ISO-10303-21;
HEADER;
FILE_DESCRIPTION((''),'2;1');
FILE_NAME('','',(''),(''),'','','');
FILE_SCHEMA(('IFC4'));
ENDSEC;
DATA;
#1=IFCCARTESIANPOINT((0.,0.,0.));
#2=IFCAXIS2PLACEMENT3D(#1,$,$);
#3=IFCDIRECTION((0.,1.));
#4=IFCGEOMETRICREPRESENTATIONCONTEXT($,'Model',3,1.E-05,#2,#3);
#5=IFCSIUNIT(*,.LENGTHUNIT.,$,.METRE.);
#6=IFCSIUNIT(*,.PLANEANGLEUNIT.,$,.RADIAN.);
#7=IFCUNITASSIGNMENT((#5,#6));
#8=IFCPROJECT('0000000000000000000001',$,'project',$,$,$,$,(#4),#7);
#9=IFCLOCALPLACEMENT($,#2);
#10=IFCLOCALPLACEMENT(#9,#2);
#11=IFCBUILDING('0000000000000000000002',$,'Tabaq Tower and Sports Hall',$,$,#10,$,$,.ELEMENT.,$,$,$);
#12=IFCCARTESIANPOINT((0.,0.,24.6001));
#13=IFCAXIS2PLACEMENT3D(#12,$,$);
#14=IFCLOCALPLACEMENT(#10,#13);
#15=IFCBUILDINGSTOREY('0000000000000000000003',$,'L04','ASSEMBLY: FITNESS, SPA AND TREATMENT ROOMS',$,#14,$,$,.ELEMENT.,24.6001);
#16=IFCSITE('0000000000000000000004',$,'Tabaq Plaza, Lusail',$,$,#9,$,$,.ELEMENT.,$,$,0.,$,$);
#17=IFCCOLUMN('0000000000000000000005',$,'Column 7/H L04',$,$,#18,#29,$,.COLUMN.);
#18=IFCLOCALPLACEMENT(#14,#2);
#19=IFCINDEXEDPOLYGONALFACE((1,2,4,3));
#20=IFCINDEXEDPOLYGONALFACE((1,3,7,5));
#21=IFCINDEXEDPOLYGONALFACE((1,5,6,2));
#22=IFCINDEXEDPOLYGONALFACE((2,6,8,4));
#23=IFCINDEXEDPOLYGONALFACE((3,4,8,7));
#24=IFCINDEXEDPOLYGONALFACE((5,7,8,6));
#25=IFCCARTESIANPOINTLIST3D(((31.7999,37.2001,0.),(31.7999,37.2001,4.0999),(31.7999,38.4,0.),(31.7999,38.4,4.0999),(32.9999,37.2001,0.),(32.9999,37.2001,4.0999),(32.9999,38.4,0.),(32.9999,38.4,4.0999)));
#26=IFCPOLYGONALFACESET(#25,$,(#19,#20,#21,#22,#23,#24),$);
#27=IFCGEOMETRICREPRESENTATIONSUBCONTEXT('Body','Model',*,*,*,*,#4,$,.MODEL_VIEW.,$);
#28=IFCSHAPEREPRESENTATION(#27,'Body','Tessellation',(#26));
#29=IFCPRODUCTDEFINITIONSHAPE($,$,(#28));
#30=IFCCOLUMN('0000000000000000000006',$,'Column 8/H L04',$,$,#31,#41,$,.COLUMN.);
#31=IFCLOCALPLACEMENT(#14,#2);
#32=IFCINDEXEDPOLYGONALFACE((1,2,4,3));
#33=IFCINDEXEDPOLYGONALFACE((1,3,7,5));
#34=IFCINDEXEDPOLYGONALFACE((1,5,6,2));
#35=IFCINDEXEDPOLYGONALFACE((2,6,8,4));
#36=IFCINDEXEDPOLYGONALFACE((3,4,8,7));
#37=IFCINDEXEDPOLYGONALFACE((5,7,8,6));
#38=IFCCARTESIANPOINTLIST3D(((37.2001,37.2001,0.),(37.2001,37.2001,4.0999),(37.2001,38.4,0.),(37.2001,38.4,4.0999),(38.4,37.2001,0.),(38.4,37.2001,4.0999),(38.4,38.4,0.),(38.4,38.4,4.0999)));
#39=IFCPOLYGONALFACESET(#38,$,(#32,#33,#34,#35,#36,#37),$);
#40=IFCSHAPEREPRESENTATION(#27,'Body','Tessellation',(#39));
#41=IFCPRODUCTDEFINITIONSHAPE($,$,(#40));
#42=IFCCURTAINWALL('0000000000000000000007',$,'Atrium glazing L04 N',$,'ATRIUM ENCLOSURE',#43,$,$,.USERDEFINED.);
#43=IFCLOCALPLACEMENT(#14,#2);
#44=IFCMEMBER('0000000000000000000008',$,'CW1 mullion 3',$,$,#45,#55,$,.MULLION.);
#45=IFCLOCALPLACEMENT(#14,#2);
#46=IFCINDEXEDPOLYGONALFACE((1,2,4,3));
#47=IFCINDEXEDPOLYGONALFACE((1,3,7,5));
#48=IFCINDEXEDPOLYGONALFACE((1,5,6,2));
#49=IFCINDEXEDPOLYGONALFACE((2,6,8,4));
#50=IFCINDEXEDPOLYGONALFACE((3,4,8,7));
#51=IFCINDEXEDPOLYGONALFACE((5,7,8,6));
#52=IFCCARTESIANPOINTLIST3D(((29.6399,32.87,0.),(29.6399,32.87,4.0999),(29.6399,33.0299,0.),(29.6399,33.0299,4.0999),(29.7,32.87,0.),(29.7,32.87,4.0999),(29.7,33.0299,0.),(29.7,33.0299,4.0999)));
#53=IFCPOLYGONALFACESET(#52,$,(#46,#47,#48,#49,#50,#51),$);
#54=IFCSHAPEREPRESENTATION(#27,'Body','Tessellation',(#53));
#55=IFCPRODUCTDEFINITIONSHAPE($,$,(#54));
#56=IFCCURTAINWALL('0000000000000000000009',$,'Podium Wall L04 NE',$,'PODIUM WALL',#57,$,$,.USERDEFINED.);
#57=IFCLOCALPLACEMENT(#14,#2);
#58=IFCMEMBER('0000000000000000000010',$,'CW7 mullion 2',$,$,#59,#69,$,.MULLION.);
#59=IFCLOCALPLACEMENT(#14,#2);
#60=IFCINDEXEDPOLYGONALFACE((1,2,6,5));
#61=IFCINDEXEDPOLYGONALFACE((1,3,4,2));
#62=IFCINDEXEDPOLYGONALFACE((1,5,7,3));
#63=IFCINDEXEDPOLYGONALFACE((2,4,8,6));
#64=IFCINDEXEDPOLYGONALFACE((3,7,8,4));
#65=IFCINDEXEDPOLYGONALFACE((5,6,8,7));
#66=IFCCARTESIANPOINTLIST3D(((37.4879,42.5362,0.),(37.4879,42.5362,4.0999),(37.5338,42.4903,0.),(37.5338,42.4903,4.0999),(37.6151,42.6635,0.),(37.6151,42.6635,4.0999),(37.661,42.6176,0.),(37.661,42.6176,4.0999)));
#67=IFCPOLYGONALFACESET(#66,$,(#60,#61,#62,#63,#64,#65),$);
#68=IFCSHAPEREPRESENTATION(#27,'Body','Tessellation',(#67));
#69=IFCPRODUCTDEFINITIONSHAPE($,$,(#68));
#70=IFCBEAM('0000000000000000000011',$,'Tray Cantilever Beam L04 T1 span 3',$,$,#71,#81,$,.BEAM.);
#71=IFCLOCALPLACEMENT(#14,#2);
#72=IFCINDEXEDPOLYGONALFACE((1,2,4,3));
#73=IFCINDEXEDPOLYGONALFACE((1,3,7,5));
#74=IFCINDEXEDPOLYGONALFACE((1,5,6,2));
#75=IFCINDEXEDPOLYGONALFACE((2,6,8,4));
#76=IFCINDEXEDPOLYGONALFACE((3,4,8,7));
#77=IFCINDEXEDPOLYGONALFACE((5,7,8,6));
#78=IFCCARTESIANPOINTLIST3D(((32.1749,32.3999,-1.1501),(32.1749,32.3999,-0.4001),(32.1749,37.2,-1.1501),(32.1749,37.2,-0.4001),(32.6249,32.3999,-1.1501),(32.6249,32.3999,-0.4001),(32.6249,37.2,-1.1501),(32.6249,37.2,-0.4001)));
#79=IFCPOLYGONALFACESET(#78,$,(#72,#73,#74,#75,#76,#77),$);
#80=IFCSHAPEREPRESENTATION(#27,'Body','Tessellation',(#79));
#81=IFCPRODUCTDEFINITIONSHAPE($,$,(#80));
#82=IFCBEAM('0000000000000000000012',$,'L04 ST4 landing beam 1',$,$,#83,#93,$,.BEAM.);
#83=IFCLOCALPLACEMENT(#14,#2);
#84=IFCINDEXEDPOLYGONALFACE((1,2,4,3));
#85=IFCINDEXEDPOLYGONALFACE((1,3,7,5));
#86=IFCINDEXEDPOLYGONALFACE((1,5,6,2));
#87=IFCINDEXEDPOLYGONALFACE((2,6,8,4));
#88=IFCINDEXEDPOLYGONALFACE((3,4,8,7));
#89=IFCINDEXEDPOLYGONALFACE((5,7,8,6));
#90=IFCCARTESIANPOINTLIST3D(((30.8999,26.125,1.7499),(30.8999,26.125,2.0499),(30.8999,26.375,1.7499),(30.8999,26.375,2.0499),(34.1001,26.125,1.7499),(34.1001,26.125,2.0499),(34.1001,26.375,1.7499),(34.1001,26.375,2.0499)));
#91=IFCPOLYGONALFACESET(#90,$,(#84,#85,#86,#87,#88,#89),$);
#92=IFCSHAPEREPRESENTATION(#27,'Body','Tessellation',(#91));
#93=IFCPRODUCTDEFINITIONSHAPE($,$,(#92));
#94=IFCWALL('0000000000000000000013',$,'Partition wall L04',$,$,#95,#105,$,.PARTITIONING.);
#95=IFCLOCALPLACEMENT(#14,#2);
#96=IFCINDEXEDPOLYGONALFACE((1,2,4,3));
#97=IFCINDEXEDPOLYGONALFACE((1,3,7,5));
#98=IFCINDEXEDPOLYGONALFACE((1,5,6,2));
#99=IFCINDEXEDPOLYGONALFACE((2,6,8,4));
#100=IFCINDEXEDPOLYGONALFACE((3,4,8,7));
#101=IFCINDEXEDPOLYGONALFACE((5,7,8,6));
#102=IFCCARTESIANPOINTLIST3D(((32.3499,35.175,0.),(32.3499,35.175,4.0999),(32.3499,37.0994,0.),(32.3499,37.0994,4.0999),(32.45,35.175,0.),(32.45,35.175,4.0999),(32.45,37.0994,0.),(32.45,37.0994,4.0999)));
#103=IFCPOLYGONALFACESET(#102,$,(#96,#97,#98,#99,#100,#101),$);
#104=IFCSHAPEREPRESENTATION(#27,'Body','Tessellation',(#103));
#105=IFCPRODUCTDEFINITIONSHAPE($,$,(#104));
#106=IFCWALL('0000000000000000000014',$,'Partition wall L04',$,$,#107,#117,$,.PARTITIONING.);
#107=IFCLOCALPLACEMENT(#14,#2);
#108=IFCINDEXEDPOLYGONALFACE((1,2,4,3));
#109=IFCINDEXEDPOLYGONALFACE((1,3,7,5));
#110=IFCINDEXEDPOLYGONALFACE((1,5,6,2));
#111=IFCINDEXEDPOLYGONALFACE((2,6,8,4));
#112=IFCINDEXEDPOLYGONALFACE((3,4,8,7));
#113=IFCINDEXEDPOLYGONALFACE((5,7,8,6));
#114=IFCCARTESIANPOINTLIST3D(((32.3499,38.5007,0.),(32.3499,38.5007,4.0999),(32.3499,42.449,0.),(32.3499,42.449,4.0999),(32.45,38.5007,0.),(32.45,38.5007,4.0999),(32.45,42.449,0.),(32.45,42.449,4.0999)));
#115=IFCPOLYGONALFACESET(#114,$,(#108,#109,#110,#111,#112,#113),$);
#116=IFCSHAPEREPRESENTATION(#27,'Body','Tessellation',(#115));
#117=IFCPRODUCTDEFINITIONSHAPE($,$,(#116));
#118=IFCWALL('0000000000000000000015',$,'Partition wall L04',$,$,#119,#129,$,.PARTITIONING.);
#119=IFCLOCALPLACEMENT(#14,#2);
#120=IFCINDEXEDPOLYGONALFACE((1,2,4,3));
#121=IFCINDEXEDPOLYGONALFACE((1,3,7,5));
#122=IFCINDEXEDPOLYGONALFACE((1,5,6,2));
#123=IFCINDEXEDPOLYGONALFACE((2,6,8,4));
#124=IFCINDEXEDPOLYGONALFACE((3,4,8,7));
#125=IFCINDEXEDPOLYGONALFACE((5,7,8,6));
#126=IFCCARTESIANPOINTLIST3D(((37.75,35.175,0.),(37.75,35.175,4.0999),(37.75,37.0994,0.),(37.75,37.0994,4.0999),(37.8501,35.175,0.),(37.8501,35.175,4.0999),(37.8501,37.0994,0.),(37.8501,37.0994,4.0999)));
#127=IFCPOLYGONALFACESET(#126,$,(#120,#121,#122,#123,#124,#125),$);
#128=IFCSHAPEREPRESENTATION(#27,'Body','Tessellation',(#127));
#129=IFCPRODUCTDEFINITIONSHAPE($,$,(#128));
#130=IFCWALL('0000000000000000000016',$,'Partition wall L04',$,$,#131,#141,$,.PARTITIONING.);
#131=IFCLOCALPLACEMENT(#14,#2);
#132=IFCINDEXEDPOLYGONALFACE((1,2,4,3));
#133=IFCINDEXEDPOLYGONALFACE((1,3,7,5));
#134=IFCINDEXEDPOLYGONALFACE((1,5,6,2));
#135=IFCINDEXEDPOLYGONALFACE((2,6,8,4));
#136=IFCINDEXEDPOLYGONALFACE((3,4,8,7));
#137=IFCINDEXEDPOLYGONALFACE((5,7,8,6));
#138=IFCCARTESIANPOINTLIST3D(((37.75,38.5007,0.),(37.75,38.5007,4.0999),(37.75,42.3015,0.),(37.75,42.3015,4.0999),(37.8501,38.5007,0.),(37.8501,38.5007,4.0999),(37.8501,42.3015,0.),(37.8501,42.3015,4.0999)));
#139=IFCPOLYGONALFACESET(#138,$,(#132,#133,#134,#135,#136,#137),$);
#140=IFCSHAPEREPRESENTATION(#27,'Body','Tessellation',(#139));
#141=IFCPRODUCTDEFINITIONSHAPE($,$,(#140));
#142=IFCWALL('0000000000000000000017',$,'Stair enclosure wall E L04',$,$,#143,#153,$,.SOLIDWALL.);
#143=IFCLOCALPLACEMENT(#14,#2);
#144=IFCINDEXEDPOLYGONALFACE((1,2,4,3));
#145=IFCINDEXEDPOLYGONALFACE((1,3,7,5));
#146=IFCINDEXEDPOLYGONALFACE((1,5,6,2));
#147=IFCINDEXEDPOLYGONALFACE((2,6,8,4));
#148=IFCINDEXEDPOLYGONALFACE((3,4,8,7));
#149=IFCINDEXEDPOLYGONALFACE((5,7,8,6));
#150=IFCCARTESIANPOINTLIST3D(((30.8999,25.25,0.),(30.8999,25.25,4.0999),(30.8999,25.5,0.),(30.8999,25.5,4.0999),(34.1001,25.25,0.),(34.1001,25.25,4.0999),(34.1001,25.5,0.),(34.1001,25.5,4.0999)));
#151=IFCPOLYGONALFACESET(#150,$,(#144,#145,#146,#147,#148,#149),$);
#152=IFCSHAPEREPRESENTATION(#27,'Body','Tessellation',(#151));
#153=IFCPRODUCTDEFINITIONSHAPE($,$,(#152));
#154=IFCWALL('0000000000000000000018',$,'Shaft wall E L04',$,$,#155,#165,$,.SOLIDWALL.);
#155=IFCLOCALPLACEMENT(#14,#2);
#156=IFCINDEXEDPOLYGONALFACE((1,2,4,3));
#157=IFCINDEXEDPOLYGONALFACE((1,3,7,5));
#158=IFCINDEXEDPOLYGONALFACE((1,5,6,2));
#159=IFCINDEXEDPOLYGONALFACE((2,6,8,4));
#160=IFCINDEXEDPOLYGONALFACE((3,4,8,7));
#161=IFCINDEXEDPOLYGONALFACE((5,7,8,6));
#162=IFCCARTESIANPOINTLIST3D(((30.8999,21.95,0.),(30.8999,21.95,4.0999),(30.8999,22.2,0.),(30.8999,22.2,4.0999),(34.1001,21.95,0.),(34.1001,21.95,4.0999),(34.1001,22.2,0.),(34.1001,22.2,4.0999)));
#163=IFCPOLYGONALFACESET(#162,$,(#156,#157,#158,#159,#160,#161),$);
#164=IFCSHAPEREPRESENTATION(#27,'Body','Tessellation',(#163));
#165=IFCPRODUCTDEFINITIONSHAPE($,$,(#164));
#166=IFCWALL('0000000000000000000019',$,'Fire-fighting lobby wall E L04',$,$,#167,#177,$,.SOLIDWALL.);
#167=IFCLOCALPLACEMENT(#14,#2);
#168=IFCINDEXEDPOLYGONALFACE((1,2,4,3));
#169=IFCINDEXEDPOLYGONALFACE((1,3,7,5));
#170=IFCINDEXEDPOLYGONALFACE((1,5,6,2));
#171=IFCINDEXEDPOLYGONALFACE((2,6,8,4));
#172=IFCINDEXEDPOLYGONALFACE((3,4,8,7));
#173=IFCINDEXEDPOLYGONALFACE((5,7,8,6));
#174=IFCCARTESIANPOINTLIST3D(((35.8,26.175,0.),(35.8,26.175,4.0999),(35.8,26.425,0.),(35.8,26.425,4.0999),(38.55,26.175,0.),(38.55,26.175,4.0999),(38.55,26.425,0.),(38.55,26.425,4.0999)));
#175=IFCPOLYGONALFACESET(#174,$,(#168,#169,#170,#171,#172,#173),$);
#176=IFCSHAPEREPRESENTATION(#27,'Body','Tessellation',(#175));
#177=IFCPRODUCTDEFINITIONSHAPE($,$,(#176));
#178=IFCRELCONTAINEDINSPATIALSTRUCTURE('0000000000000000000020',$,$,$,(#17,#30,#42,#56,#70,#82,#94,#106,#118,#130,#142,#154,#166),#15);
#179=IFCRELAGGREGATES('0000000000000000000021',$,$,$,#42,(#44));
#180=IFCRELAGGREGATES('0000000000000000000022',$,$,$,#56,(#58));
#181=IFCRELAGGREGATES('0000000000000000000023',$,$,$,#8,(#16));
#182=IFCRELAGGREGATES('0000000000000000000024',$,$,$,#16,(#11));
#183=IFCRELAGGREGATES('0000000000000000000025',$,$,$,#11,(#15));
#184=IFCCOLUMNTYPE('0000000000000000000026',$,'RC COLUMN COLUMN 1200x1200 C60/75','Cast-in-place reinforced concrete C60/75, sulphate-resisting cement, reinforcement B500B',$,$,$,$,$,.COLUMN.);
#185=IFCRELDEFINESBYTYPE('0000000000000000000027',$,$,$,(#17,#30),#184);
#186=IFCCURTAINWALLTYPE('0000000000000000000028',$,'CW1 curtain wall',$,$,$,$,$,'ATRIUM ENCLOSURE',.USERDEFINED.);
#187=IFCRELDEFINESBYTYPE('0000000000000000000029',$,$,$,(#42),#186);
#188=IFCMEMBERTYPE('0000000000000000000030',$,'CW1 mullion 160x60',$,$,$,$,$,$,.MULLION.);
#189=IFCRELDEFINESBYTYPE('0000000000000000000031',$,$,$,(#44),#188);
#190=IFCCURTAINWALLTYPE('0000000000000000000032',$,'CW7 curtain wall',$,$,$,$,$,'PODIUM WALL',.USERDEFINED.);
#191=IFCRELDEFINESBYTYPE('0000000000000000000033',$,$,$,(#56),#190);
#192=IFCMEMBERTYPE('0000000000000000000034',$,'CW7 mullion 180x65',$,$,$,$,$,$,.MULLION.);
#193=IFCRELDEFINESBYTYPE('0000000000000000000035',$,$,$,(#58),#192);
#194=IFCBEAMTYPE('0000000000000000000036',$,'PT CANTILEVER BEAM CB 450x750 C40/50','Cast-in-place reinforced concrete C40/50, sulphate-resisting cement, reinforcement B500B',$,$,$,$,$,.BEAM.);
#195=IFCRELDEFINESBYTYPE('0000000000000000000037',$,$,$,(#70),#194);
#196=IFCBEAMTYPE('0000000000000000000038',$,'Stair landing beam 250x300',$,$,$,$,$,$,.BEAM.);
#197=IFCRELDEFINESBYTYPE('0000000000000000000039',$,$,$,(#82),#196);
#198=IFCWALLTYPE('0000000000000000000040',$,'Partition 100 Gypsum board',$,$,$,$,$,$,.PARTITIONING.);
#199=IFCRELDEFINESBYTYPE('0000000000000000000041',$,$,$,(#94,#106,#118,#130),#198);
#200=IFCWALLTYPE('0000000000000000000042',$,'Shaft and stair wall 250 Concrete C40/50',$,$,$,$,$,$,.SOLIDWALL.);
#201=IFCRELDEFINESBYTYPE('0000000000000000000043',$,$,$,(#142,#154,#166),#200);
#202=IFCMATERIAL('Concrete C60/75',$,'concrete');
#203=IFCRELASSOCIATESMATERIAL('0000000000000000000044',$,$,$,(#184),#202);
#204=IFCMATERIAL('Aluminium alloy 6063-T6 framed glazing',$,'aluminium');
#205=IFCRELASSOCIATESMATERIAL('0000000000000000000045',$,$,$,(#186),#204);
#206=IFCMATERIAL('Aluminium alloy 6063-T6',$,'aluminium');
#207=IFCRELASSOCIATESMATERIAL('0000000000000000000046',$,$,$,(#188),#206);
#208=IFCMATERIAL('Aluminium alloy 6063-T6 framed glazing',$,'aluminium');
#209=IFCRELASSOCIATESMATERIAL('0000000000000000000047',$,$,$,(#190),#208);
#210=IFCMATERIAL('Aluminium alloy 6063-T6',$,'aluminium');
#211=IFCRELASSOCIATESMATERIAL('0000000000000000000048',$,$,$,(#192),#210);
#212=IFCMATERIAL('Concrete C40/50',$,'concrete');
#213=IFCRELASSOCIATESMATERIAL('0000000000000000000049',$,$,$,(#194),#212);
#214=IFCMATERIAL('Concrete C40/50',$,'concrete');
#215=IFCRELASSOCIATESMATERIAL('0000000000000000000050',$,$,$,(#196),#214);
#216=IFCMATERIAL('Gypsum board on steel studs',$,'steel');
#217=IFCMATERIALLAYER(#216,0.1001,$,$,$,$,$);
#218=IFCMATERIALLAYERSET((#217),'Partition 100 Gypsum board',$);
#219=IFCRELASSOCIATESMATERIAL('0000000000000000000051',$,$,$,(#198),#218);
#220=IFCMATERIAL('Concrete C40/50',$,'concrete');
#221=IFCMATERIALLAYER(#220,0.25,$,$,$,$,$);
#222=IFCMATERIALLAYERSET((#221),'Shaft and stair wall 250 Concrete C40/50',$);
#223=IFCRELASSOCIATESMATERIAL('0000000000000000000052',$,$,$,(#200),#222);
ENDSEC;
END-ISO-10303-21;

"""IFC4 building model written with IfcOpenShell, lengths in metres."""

from ifc_helpers import new_model, si_unit, direction, frame, frame_2d, origin, origin_2d, place, context, subcontext, project, spatial, rectangle, extrude, material, layer, layer_set, material_profile, profile_set, type_object, element, aggregate, save


model = new_model("IFC4")

# Units and contexts
model_context = context("Model", 3, precision=1e-05, world=origin(), true_north=direction((0.0, 1.0)))
body_context = subcontext(model_context, "Body", "Model", "MODEL_VIEW")
ifc_project = project(units=[si_unit("LENGTHUNIT", "METRE"), si_unit("PLANEANGLEUNIT", "RADIAN")], contexts=[model_context])

# Site, building, storey
site_placement = place(None, origin())
site = spatial("IfcSite", under=ifc_project, at=site_placement, Name="Tabaq Plaza, Lusail", CompositionType="ELEMENT", RefElevation=0.0)
building_placement = place(site_placement, origin())
building = spatial("IfcBuilding", under=site, at=building_placement, Name="Tabaq Tower and Sports Hall", CompositionType="ELEMENT")
storey_placement = place(building_placement, frame((0.0, 0.0, 24.6001)))
storey = spatial("IfcBuildingStorey", under=building, at=storey_placement, Name="L04", Description="ASSEMBLY: FITNESS, SPA AND TREATMENT ROOMS", CompositionType="ELEMENT", Elevation=24.6001)

# Columns
ifc_material_1 = material(Name="Concrete C60/75", Category="concrete")
ifc_material_profile_1 = material_profile(ifc_material_1, rectangle(XDim=1.2, YDim=1.2, at=origin_2d()), Name="COLUMN 1200x1200")
ifc_profile_set_1 = profile_set([ifc_material_profile_1], Name="Concrete C60/75")
column_type = type_object("IfcColumnType", Name="RC COLUMN COLUMN 1200x1200 C60/75", Description="Cast-in-place reinforced concrete C60/75, sulphate-resisting cement, reinforcement B500B", PredefinedType="COLUMN", material=ifc_profile_set_1)
for number, where, z_axis, x_axis, name in (
    (1, (32.3999, 37.8, 0.0), (0.0, 0.0, 1.0), (1.0, 0.0, 0.0), "Column 7/H L04"),
    (2, (37.8, 37.8, 0.0), (0.0, 0.0, 1.0), (1.0, 0.0, 0.0), "Column 8/H L04"),
):
    element("IfcColumn", number, at=place(storey_placement, frame(where, z_axis=z_axis, x_axis=x_axis)), inside=storey, type_object=column_type, Name=name, PredefinedType="COLUMN", context=body_context, shape_type="SweptSolid", body=[
        extrude(rectangle(XDim=1.2, YDim=1.2, at=origin_2d()), origin(), (0.0, 0.0, 1.0), 4.0999),
    ])

# Curtain walls, members
ifc_material_2 = material(Name="Aluminium alloy 6063-T6 framed glazing", Category="aluminium")
curtain_wall_type_1 = type_object("IfcCurtainWallType", Name="CW1 curtain wall", ElementType="ATRIUM ENCLOSURE", PredefinedType="USERDEFINED", material=ifc_material_2)
curtain_wall_1_placement = place(storey_placement, origin())
curtain_wall_1 = element("IfcCurtainWall", 3, at=curtain_wall_1_placement, inside=storey, type_object=curtain_wall_type_1, Name="Atrium glazing L04 N", ObjectType="ATRIUM ENCLOSURE", PredefinedType="USERDEFINED")
ifc_material_3 = material(Name="Aluminium alloy 6063-T6", Category="aluminium")
ifc_material_profile_2 = material_profile(ifc_material_3, rectangle(XDim=0.1599, YDim=0.0601, at=origin_2d()), Name="MULLION 160x60")
ifc_profile_set_2 = profile_set([ifc_material_profile_2], Name="Aluminium alloy 6063-T6")
member_type_1 = type_object("IfcMemberType", Name="CW1 mullion 160x60", PredefinedType="MULLION", material=ifc_profile_set_2)
member_1_placement = place(storey_placement, frame((29.6699, 32.95, 0.0), z_axis=(0.0, 0.0, 1.0), x_axis=(0.0, 1.0, 0.0)))
member_1 = element("IfcMember", 4, at=member_1_placement, type_object=member_type_1, Name="CW1 mullion 3", PredefinedType="MULLION", context=body_context, shape_type="SweptSolid", body=[
    extrude(rectangle(XDim=0.1599, YDim=0.0601, at=origin_2d()), origin(), (0.0, 0.0, 1.0), 4.0999),
])
aggregate(curtain_wall_1, [member_1])
ifc_material_4 = material(Name="Aluminium alloy 6063-T6 framed glazing", Category="aluminium")
curtain_wall_type_2 = type_object("IfcCurtainWallType", Name="CW7 curtain wall", ElementType="PODIUM WALL", PredefinedType="USERDEFINED", material=ifc_material_4)
curtain_wall_2_placement = place(storey_placement, origin())
curtain_wall_2 = element("IfcCurtainWall", 5, at=curtain_wall_2_placement, inside=storey, type_object=curtain_wall_type_2, Name="Podium Wall L04 NE", ObjectType="PODIUM WALL", PredefinedType="USERDEFINED")
ifc_material_5 = material(Name="Aluminium alloy 6063-T6", Category="aluminium")
ifc_material_profile_3 = material_profile(ifc_material_5, rectangle(XDim=0.1799, YDim=0.0649, at=origin_2d()), Name="MULLION 180x65")
ifc_profile_set_3 = profile_set([ifc_material_profile_3], Name="Aluminium alloy 6063-T6")
member_type_2 = type_object("IfcMemberType", Name="CW7 mullion 180x65", PredefinedType="MULLION", material=ifc_profile_set_3)
member_2_placement = place(storey_placement, frame((37.5745, 42.5769, 0.0), z_axis=(0.0, 0.0, 1.0), x_axis=(-0.707107, -0.707107, 0.0)))
member_2 = element("IfcMember", 6, at=member_2_placement, type_object=member_type_2, Name="CW7 mullion 2", PredefinedType="MULLION", context=body_context, shape_type="SweptSolid", body=[
    extrude(rectangle(XDim=0.1799, YDim=0.0649, at=origin_2d()), origin(), (0.0, 0.0, 1.0), 4.0999),
])
aggregate(curtain_wall_2, [member_2])

# Beams
ifc_material_6 = material(Name="Concrete C40/50", Category="concrete")
ifc_material_profile_4 = material_profile(ifc_material_6, rectangle(XDim=0.45, YDim=0.75, at=origin_2d()), Name="CB 450x750")
ifc_profile_set_4 = profile_set([ifc_material_profile_4], Name="Concrete C40/50")
beam_type_1 = type_object("IfcBeamType", Name="PT CANTILEVER BEAM CB 450x750 C40/50", Description="Cast-in-place reinforced concrete C40/50, sulphate-resisting cement, reinforcement B500B", PredefinedType="BEAM", material=ifc_profile_set_4)
beam_1_placement = place(storey_placement, frame((32.3999, 37.2, -0.7751), z_axis=(0.0, -1.0, 0.0), x_axis=(1.0, 0.0, 0.0)))
element("IfcBeam", 7, at=beam_1_placement, inside=storey, type_object=beam_type_1, Name="Tray Cantilever Beam L04 T1 span 3", PredefinedType="BEAM", context=body_context, shape_type="SweptSolid", body=[
    extrude(rectangle(XDim=0.45, YDim=0.75, at=origin_2d()), origin(), (0.0, 0.0, 1.0), 4.8),
])
ifc_material_7 = material(Name="Concrete C40/50", Category="concrete")
ifc_material_profile_5 = material_profile(ifc_material_7, rectangle(XDim=0.25, YDim=0.3, at=origin_2d()), Name="RC 250x300")
ifc_profile_set_5 = profile_set([ifc_material_profile_5], Name="Concrete C40/50")
beam_type_2 = type_object("IfcBeamType", Name="Stair landing beam 250x300", PredefinedType="BEAM", material=ifc_profile_set_5)
beam_2_placement = place(storey_placement, frame((30.8999, 26.25, 1.8999), z_axis=(1.0, 0.0, 0.0), x_axis=(0.0, 1.0, 0.0)))
element("IfcBeam", 8, at=beam_2_placement, inside=storey, type_object=beam_type_2, Name="L04 ST4 landing beam 1", PredefinedType="BEAM", context=body_context, shape_type="SweptSolid", body=[
    extrude(rectangle(XDim=0.25, YDim=0.3, at=origin_2d()), origin(), (0.0, 0.0, 1.0), 3.2002),
])

# Walls
ifc_material_8 = material(Name="Gypsum board on steel studs", Category="steel")
ifc_layer_1 = layer(ifc_material_8, 0.1001)
ifc_layer_set_1 = layer_set([ifc_layer_1], Name="Partition 100 Gypsum board")
wall_type_1 = type_object("IfcWallType", Name="Partition 100 Gypsum board", PredefinedType="PARTITIONING", material=ifc_layer_set_1)
wall_1_placement = place(storey_placement, frame((32.3999, 35.175, 0.0), z_axis=(0.0, 0.0, 1.0), x_axis=(0.0, 1.0, 0.0)))
element("IfcWall", 9, at=wall_1_placement, inside=storey, type_object=wall_type_1, Name="Partition wall L04", PredefinedType="PARTITIONING", context=body_context, shape_type="SweptSolid", body=[
    extrude(rectangle(XDim=1.9243, YDim=0.1001, at=frame_2d((0.9622, 0.0))), origin(), (0.0, 0.0, 1.0), 4.0999),
])
wall_2_placement = place(storey_placement, frame((32.3999, 38.5007, 0.0), z_axis=(0.0, 0.0, 1.0), x_axis=(0.0, 1.0, 0.0)))
element("IfcWall", 10, at=wall_2_placement, inside=storey, type_object=wall_type_1, Name="Partition wall L04", PredefinedType="PARTITIONING", context=body_context, shape_type="SweptSolid", body=[
    extrude(rectangle(XDim=3.9482, YDim=0.1001, at=frame_2d((1.9741, 0.0))), origin(), (0.0, 0.0, 1.0), 4.0999),
])
wall_3_placement = place(storey_placement, frame((37.8, 35.175, 0.0), z_axis=(0.0, 0.0, 1.0), x_axis=(0.0, 1.0, 0.0)))
element("IfcWall", 11, at=wall_3_placement, inside=storey, type_object=wall_type_1, Name="Partition wall L04", PredefinedType="PARTITIONING", context=body_context, shape_type="SweptSolid", body=[
    extrude(rectangle(XDim=1.9243, YDim=0.1001, at=frame_2d((0.9622, 0.0))), origin(), (0.0, 0.0, 1.0), 4.0999),
])
wall_4_placement = place(storey_placement, frame((37.8, 38.5007, 0.0), z_axis=(0.0, 0.0, 1.0), x_axis=(0.0, 1.0, 0.0)))
element("IfcWall", 12, at=wall_4_placement, inside=storey, type_object=wall_type_1, Name="Partition wall L04", PredefinedType="PARTITIONING", context=body_context, shape_type="SweptSolid", body=[
    extrude(rectangle(XDim=3.8008, YDim=0.1001, at=frame_2d((1.9004, 0.0))), origin(), (0.0, 0.0, 1.0), 4.0999),
])
ifc_material_9 = material(Name="Concrete C40/50", Category="concrete")
ifc_layer_2 = layer(ifc_material_9, 0.25)
ifc_layer_set_2 = layer_set([ifc_layer_2], Name="Shaft and stair wall 250 Concrete C40/50")
wall_type_2 = type_object("IfcWallType", Name="Shaft and stair wall 250 Concrete C40/50", PredefinedType="SOLIDWALL", material=ifc_layer_set_2)
for number, where, z_axis, x_axis, name in (
    (13, (30.8999, 25.375, 0.0), (0.0, 0.0, 1.0), (1.0, 0.0, 0.0), "Stair enclosure wall E L04"),
    (14, (30.8999, 22.075, 0.0), (0.0, 0.0, 1.0), (1.0, 0.0, 0.0), "Shaft wall E L04"),
):
    element("IfcWall", number, at=place(storey_placement, frame(where, z_axis=z_axis, x_axis=x_axis)), inside=storey, type_object=wall_type_2, Name=name, PredefinedType="SOLIDWALL", context=body_context, shape_type="SweptSolid", body=[
        extrude(rectangle(XDim=3.2002, YDim=0.25, at=frame_2d((1.6001, 0.0))), origin(), (0.0, 0.0, 1.0), 4.0999),
    ])
wall_5_placement = place(storey_placement, frame((35.8, 26.3, 0.0), z_axis=(0.0, 0.0, 1.0), x_axis=(1.0, 0.0, 0.0)))
element("IfcWall", 15, at=wall_5_placement, inside=storey, type_object=wall_type_2, Name="Fire-fighting lobby wall E L04", PredefinedType="SOLIDWALL", context=body_context, shape_type="SweptSolid", body=[
    extrude(rectangle(XDim=2.75, YDim=0.25, at=frame_2d((1.375, 0.0))), origin(), (0.0, 0.0, 1.0), 4.0999),
])

save(model, "model.ifc")
